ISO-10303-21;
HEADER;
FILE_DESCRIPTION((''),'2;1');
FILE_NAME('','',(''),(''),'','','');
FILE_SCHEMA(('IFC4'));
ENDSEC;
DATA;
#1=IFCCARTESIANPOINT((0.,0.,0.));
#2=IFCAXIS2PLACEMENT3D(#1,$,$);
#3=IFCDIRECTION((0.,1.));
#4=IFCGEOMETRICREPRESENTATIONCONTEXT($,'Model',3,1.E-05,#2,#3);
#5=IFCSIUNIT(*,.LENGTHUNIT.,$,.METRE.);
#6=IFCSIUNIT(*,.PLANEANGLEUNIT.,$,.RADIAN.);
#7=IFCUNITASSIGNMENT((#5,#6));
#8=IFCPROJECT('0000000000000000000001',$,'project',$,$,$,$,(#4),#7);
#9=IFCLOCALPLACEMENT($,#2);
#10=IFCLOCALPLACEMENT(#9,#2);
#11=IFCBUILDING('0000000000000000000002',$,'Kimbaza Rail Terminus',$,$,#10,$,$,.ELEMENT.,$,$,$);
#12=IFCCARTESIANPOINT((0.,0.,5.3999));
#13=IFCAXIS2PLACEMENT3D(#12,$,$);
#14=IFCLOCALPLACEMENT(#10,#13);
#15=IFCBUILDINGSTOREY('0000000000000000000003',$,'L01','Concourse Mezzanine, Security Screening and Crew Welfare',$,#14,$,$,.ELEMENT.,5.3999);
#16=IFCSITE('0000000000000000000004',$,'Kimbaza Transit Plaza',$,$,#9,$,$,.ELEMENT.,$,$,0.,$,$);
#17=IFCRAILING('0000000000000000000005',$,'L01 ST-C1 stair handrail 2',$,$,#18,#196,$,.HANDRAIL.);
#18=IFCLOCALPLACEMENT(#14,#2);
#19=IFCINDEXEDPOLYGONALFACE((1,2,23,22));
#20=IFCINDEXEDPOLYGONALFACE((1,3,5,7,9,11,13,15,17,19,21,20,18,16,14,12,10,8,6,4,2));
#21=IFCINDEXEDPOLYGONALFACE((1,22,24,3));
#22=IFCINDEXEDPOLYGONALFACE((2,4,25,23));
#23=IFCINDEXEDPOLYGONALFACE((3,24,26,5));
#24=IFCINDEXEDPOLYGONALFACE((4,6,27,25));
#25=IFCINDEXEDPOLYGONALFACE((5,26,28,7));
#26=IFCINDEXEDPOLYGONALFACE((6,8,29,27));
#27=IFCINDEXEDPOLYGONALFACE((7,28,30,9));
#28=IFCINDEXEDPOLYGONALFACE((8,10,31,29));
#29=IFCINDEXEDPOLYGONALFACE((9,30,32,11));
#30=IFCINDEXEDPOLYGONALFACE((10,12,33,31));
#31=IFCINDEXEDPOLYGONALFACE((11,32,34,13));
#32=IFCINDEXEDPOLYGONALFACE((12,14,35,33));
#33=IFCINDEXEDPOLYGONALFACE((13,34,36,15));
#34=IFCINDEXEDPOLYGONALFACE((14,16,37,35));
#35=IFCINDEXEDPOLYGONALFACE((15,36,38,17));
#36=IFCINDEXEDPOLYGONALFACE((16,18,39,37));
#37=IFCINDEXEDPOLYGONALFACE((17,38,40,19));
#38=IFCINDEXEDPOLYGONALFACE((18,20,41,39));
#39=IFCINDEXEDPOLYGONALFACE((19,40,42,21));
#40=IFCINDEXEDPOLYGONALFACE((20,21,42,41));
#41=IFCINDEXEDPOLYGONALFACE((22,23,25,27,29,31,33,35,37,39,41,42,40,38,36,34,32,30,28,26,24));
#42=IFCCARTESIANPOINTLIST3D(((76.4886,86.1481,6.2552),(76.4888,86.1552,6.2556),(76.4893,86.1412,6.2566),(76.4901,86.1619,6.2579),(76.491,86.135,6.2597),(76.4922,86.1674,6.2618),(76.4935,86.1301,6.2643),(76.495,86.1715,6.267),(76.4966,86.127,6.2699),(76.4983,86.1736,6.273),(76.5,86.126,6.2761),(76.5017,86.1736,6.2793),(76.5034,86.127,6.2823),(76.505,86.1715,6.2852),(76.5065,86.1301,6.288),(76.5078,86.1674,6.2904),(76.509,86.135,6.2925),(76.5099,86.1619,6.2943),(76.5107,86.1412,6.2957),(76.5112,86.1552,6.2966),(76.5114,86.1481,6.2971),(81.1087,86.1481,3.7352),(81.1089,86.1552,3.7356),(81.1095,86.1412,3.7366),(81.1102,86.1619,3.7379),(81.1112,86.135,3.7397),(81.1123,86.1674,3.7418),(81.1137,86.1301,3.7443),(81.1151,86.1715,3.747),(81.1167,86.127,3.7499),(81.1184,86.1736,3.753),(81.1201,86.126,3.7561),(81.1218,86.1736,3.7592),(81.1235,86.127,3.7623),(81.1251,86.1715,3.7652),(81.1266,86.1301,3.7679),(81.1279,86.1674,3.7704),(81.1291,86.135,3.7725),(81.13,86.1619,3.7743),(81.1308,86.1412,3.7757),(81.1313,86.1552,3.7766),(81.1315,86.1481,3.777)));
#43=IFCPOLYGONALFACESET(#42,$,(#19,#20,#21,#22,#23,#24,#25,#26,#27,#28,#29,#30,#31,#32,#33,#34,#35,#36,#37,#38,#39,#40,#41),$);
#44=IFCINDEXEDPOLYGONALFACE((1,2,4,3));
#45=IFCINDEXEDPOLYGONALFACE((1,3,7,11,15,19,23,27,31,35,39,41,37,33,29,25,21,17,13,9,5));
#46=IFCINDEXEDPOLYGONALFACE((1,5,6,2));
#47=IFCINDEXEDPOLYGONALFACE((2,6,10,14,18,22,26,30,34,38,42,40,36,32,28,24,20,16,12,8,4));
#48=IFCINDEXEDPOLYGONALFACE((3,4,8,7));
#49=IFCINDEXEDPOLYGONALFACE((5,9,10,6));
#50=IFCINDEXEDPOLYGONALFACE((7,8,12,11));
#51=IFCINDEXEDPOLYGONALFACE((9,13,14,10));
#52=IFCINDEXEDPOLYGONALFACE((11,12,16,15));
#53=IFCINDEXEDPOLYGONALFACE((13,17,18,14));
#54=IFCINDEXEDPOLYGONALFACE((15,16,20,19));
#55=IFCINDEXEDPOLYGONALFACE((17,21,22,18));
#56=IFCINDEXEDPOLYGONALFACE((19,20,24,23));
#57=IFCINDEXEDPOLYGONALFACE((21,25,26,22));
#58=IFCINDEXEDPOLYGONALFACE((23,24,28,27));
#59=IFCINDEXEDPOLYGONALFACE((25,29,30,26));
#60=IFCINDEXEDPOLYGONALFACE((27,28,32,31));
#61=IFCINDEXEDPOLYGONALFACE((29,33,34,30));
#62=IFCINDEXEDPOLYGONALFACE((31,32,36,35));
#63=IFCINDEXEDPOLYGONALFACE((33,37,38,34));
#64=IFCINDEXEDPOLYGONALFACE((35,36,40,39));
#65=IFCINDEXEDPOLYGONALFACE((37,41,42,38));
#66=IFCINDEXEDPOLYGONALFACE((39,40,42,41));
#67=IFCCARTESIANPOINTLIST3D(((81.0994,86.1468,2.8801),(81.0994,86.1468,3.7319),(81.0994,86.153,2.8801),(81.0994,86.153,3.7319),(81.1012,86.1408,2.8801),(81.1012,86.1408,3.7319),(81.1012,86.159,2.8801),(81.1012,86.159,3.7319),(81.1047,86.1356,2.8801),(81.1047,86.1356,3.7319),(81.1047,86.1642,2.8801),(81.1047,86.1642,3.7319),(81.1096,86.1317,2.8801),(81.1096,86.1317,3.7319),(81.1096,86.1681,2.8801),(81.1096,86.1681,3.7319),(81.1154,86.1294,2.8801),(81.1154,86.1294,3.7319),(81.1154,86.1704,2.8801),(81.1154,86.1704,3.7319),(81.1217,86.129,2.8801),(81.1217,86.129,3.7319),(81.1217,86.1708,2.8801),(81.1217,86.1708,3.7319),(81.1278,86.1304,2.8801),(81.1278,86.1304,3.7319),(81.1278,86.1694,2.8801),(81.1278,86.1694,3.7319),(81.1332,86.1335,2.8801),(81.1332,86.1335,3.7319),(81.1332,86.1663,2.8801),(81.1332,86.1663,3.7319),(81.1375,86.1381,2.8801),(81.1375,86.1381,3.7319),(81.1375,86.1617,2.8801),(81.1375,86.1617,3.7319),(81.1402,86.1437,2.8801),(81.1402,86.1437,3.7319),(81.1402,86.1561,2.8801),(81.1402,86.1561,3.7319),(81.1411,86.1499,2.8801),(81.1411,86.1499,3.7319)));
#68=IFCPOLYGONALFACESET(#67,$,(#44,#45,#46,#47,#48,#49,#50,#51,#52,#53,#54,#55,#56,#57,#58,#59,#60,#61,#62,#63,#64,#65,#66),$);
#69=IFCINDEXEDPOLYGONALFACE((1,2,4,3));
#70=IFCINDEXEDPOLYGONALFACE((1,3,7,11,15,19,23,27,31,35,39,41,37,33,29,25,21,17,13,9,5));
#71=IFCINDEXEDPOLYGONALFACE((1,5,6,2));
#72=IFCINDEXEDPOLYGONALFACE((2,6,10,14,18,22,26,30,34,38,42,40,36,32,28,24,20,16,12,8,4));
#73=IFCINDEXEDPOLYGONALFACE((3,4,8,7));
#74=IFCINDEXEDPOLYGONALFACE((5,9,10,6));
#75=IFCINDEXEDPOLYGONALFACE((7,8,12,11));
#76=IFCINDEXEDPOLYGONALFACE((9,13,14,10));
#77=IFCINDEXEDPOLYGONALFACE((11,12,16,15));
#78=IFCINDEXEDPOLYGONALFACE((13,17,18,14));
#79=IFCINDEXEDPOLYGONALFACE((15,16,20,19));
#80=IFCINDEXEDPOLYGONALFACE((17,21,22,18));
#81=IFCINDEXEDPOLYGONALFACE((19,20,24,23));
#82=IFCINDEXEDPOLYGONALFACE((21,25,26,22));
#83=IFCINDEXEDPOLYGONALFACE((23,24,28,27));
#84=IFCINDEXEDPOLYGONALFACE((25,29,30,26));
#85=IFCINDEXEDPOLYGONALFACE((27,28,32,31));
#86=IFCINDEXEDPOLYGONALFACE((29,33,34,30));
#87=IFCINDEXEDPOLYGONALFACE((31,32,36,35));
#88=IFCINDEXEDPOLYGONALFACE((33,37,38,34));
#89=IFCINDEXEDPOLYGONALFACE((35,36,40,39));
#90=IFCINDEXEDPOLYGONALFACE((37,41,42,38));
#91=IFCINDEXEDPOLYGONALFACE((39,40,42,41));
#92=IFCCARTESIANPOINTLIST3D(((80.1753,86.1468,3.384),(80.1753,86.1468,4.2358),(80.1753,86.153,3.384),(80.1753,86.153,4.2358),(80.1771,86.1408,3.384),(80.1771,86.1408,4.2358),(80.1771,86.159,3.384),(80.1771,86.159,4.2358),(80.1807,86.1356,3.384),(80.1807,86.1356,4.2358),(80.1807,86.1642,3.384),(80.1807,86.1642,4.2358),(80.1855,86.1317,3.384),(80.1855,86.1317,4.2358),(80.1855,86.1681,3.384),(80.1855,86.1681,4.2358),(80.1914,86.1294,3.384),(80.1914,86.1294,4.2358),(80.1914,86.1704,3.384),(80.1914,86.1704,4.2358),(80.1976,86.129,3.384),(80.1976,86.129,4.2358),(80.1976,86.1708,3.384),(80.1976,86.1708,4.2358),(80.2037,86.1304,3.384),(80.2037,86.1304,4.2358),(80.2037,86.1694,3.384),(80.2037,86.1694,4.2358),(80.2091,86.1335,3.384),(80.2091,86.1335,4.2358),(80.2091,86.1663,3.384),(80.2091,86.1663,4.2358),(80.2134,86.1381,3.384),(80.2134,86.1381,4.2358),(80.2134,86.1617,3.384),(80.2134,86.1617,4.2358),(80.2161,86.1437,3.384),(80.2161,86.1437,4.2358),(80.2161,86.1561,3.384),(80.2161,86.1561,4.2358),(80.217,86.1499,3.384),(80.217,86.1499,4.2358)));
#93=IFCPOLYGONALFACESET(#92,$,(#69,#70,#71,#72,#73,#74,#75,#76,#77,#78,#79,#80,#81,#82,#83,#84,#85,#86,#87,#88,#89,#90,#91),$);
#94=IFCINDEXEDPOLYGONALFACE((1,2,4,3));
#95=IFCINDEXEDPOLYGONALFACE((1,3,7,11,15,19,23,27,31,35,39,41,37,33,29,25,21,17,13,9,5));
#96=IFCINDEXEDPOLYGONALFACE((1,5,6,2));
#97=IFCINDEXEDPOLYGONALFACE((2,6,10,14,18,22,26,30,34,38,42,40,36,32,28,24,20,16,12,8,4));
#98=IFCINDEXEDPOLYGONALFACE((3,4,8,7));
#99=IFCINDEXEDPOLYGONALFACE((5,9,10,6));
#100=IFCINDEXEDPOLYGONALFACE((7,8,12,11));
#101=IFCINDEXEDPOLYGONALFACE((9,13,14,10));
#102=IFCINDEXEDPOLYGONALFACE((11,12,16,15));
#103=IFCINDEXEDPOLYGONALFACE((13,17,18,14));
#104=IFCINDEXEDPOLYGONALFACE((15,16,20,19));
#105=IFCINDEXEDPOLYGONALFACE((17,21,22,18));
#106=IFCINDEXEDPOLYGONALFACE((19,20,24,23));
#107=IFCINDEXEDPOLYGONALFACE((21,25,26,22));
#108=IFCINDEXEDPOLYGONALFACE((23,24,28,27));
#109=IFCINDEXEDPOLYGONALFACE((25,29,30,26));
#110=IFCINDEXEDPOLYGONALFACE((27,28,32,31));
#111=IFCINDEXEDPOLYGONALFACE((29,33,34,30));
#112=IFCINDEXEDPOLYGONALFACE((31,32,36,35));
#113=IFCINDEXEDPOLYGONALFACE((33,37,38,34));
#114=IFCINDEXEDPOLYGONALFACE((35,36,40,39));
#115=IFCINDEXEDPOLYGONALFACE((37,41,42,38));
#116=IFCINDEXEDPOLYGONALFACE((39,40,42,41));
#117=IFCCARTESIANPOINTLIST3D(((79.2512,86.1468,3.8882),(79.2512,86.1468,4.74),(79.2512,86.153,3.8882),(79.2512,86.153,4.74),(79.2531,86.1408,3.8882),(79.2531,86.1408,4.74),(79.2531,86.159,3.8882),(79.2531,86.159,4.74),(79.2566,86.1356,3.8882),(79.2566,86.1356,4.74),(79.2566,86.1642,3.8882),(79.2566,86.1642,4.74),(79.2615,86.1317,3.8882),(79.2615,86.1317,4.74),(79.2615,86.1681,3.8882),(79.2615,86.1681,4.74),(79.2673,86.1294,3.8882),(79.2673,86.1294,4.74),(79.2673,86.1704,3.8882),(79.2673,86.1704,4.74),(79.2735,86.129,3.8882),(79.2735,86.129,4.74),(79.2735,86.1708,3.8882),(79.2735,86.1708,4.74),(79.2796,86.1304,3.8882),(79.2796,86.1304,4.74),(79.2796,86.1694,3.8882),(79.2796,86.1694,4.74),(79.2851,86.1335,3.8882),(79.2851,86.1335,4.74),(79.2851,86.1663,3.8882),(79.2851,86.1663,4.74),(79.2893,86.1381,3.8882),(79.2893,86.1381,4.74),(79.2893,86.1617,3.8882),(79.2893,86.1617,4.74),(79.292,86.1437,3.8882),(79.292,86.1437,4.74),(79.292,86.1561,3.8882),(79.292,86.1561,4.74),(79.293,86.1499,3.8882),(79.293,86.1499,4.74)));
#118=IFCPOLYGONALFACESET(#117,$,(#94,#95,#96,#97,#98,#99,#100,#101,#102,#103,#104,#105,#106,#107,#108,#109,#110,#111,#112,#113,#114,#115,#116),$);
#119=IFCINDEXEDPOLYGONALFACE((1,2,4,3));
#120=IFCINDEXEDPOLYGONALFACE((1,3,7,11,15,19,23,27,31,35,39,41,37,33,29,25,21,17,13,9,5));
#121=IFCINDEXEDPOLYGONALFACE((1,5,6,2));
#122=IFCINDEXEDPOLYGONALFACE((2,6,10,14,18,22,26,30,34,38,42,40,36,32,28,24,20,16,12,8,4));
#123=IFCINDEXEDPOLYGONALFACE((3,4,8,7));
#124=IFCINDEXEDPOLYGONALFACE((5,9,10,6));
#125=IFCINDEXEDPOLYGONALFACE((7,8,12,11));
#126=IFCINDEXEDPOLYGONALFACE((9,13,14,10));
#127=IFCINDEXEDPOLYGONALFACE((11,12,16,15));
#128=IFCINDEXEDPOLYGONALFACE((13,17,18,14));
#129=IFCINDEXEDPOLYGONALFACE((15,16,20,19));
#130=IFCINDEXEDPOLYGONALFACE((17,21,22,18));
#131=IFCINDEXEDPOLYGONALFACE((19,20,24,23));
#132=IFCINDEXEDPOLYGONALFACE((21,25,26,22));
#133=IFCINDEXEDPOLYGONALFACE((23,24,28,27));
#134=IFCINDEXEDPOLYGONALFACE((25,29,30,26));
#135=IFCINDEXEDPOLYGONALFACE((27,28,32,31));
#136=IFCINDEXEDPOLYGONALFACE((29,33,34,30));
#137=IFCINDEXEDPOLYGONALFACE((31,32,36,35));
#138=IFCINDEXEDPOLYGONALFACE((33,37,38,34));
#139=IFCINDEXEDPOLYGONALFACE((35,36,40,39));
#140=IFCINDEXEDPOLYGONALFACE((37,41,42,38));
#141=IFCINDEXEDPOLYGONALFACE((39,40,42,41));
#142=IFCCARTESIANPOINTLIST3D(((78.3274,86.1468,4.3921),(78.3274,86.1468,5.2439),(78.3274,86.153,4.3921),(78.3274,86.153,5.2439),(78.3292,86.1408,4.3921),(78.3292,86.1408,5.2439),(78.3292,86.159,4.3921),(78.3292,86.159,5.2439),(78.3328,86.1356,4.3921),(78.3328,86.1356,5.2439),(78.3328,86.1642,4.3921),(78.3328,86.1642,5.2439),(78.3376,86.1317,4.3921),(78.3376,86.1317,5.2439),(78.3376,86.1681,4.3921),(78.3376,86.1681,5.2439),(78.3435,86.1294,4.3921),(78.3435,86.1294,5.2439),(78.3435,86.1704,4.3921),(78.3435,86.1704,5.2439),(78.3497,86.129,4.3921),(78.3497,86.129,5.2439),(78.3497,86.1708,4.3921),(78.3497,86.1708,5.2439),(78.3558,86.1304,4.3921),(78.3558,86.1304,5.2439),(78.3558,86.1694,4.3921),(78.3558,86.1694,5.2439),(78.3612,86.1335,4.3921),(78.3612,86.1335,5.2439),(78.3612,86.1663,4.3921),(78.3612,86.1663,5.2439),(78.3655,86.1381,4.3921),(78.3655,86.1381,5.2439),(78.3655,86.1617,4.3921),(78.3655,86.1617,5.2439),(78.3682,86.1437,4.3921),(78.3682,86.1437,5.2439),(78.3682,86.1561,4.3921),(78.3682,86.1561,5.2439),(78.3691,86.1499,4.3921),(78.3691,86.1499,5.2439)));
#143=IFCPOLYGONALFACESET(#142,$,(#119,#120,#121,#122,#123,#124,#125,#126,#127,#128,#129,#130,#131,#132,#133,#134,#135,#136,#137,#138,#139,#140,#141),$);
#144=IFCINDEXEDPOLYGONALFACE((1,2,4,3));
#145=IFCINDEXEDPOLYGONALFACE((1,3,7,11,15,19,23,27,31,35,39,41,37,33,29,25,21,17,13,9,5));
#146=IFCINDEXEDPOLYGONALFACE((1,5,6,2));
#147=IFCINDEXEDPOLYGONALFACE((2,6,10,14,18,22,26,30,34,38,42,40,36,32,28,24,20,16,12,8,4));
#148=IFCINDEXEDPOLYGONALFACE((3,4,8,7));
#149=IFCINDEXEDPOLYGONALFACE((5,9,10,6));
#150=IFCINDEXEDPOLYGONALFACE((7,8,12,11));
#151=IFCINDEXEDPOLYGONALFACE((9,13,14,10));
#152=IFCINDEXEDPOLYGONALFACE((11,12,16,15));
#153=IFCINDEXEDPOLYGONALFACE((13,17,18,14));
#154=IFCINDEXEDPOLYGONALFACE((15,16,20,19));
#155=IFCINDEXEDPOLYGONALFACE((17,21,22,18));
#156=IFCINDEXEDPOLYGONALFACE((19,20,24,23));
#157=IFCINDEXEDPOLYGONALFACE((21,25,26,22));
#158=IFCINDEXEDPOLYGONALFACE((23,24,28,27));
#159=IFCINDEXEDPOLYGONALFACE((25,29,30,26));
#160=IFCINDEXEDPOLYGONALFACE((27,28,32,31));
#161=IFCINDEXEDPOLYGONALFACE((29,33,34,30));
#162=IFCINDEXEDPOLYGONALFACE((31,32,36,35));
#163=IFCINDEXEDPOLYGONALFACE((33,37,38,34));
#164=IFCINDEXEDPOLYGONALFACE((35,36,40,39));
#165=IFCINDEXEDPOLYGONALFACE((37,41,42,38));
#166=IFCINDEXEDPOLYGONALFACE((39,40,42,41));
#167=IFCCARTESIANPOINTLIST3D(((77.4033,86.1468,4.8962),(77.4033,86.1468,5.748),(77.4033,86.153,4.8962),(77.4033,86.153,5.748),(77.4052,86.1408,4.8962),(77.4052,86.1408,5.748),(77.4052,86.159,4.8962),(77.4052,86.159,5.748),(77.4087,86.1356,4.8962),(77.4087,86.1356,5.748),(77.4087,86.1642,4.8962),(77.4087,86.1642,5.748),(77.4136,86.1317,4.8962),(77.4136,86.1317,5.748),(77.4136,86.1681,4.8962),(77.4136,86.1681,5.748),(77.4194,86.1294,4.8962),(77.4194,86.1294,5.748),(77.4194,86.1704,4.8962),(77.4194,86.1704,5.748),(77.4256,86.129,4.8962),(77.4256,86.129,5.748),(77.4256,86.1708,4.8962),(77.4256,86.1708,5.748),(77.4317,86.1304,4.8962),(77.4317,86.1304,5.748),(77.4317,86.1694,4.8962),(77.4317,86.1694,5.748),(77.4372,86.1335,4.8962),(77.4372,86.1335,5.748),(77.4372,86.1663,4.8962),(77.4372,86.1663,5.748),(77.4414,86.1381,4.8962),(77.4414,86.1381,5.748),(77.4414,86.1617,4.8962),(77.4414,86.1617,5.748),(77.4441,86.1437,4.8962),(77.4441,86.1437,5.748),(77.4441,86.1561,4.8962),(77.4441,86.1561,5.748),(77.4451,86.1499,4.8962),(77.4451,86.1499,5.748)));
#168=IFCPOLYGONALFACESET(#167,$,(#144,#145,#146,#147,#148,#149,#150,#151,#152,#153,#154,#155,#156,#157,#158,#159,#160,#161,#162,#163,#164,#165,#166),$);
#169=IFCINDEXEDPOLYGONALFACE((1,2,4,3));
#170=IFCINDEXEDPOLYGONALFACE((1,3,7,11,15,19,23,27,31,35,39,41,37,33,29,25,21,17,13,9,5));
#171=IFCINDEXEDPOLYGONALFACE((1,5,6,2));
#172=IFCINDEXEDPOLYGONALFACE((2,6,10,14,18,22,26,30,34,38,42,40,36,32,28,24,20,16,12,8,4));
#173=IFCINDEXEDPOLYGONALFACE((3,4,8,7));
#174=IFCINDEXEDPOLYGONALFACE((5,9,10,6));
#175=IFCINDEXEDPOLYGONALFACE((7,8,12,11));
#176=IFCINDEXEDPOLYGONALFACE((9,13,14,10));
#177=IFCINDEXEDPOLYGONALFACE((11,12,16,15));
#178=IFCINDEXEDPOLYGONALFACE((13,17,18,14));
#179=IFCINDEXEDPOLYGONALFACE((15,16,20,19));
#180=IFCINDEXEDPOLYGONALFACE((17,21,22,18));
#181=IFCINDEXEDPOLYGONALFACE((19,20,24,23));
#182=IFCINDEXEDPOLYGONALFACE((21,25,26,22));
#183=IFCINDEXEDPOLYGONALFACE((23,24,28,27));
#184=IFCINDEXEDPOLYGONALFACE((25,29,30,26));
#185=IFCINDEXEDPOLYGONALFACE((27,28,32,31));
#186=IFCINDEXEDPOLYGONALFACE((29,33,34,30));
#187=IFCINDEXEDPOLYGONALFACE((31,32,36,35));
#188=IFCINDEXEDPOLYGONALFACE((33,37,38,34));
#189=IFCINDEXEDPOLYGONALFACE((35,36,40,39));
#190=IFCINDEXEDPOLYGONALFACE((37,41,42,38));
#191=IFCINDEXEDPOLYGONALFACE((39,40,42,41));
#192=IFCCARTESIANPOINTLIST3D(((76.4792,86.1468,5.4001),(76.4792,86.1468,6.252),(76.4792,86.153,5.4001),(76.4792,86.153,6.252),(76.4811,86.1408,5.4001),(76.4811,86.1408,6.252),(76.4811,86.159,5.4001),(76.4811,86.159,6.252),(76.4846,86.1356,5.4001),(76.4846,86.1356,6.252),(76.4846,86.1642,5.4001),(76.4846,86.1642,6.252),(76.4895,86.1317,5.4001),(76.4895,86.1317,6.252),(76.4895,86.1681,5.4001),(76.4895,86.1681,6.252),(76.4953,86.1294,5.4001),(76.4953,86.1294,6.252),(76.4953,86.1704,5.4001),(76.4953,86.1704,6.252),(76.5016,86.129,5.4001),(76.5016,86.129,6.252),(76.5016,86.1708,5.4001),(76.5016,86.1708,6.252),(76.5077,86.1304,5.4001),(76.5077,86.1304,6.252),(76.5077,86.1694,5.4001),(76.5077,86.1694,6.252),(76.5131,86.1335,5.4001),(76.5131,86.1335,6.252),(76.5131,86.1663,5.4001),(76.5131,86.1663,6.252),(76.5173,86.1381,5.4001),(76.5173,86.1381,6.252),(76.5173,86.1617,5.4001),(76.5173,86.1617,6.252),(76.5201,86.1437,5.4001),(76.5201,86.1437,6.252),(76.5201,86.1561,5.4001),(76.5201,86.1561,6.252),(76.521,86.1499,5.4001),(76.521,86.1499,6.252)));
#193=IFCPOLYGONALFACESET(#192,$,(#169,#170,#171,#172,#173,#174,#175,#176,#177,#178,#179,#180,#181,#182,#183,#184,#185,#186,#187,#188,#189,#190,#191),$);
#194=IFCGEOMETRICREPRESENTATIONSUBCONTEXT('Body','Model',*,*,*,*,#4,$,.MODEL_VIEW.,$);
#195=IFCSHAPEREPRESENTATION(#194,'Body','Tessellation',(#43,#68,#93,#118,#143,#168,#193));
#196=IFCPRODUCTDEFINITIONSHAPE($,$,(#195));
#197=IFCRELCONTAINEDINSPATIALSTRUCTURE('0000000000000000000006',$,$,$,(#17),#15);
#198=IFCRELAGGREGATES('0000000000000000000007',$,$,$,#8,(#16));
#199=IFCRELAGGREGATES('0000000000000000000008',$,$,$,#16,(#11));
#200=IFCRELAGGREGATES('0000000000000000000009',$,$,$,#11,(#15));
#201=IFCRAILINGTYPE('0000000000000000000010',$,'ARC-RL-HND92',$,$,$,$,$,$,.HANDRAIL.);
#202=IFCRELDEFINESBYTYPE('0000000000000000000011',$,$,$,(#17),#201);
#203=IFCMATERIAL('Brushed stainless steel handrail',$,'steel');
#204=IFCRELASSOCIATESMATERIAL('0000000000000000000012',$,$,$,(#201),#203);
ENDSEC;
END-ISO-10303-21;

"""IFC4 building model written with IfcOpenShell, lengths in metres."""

from ifc_helpers import new_model, si_unit, direction, frame, origin, origin_2d, place, context, subcontext, project, spatial, circle, extrude, material, type_object, element, save


model = new_model("IFC4")

# Units and contexts
model_context = context("Model", 3, precision=1e-05, world=origin(), true_north=direction((0.0, 1.0)))
body_context = subcontext(model_context, "Body", "Model", "MODEL_VIEW")
ifc_project = project(units=[si_unit("LENGTHUNIT", "METRE"), si_unit("PLANEANGLEUNIT", "RADIAN")], contexts=[model_context])

# Site, building, storey
site_placement = place(None, origin())
site = spatial("IfcSite", under=ifc_project, at=site_placement, Name="Kimbaza Transit Plaza", CompositionType="ELEMENT", RefElevation=0.0)
building_placement = place(site_placement, origin())
building = spatial("IfcBuilding", under=site, at=building_placement, Name="Kimbaza Rail Terminus", CompositionType="ELEMENT")
storey_placement = place(building_placement, frame((0.0, 0.0, 5.3999)))
storey = spatial("IfcBuildingStorey", under=building, at=storey_placement, Name="L01", Description="Concourse Mezzanine, Security Screening and Crew Welfare", CompositionType="ELEMENT", Elevation=5.3999)

# Railing
ifc_material_1 = material(Name="Brushed stainless steel handrail", Category="steel")
railing_type_1 = type_object("IfcRailingType", Name="ARC-RL-HND92", PredefinedType="HANDRAIL", material=ifc_material_1)
railing_1_placement = place(storey_placement, frame((81.1201, 86.1499, 2.8801)))
element("IfcRailing", 1, at=railing_1_placement, inside=storey, type_object=railing_type_1, Name="L01 ST-C1 stair handrail 2", PredefinedType="HANDRAIL", context=body_context, shape_type="SweptSolid", body=[
    extrude(circle(Radius=0.0239, at=origin_2d()), frame((0.0, 0.0, 0.876), z_axis=(-0.877899, 0.0, 0.478846), x_axis=(0.0, -1.0, 0.0)), (0.0, 0.0, 1.0), 5.2627),
    extrude(circle(Radius=0.021, at=origin_2d()), origin(), (0.0, 0.0, 1.0), 0.8518),
    extrude(circle(Radius=0.021, at=origin_2d()), frame((-0.9241, 0.0, 0.5039)), (0.0, 0.0, 1.0), 0.8518),
    extrude(circle(Radius=0.021, at=origin_2d()), frame((-1.8481, 0.0, 1.0081)), (0.0, 0.0, 1.0), 0.8518),
    extrude(circle(Radius=0.021, at=origin_2d()), frame((-2.772, 0.0, 1.512)), (0.0, 0.0, 1.0), 0.8518),
    extrude(circle(Radius=0.021, at=origin_2d()), frame((-3.696, 0.0, 2.0161)), (0.0, 0.0, 1.0), 0.8518),
    extrude(circle(Radius=0.021, at=origin_2d()), frame((-4.6201, 0.0, 2.52)), (0.0, 0.0, 1.0), 0.8518),
])

save(model, "model.ifc")
